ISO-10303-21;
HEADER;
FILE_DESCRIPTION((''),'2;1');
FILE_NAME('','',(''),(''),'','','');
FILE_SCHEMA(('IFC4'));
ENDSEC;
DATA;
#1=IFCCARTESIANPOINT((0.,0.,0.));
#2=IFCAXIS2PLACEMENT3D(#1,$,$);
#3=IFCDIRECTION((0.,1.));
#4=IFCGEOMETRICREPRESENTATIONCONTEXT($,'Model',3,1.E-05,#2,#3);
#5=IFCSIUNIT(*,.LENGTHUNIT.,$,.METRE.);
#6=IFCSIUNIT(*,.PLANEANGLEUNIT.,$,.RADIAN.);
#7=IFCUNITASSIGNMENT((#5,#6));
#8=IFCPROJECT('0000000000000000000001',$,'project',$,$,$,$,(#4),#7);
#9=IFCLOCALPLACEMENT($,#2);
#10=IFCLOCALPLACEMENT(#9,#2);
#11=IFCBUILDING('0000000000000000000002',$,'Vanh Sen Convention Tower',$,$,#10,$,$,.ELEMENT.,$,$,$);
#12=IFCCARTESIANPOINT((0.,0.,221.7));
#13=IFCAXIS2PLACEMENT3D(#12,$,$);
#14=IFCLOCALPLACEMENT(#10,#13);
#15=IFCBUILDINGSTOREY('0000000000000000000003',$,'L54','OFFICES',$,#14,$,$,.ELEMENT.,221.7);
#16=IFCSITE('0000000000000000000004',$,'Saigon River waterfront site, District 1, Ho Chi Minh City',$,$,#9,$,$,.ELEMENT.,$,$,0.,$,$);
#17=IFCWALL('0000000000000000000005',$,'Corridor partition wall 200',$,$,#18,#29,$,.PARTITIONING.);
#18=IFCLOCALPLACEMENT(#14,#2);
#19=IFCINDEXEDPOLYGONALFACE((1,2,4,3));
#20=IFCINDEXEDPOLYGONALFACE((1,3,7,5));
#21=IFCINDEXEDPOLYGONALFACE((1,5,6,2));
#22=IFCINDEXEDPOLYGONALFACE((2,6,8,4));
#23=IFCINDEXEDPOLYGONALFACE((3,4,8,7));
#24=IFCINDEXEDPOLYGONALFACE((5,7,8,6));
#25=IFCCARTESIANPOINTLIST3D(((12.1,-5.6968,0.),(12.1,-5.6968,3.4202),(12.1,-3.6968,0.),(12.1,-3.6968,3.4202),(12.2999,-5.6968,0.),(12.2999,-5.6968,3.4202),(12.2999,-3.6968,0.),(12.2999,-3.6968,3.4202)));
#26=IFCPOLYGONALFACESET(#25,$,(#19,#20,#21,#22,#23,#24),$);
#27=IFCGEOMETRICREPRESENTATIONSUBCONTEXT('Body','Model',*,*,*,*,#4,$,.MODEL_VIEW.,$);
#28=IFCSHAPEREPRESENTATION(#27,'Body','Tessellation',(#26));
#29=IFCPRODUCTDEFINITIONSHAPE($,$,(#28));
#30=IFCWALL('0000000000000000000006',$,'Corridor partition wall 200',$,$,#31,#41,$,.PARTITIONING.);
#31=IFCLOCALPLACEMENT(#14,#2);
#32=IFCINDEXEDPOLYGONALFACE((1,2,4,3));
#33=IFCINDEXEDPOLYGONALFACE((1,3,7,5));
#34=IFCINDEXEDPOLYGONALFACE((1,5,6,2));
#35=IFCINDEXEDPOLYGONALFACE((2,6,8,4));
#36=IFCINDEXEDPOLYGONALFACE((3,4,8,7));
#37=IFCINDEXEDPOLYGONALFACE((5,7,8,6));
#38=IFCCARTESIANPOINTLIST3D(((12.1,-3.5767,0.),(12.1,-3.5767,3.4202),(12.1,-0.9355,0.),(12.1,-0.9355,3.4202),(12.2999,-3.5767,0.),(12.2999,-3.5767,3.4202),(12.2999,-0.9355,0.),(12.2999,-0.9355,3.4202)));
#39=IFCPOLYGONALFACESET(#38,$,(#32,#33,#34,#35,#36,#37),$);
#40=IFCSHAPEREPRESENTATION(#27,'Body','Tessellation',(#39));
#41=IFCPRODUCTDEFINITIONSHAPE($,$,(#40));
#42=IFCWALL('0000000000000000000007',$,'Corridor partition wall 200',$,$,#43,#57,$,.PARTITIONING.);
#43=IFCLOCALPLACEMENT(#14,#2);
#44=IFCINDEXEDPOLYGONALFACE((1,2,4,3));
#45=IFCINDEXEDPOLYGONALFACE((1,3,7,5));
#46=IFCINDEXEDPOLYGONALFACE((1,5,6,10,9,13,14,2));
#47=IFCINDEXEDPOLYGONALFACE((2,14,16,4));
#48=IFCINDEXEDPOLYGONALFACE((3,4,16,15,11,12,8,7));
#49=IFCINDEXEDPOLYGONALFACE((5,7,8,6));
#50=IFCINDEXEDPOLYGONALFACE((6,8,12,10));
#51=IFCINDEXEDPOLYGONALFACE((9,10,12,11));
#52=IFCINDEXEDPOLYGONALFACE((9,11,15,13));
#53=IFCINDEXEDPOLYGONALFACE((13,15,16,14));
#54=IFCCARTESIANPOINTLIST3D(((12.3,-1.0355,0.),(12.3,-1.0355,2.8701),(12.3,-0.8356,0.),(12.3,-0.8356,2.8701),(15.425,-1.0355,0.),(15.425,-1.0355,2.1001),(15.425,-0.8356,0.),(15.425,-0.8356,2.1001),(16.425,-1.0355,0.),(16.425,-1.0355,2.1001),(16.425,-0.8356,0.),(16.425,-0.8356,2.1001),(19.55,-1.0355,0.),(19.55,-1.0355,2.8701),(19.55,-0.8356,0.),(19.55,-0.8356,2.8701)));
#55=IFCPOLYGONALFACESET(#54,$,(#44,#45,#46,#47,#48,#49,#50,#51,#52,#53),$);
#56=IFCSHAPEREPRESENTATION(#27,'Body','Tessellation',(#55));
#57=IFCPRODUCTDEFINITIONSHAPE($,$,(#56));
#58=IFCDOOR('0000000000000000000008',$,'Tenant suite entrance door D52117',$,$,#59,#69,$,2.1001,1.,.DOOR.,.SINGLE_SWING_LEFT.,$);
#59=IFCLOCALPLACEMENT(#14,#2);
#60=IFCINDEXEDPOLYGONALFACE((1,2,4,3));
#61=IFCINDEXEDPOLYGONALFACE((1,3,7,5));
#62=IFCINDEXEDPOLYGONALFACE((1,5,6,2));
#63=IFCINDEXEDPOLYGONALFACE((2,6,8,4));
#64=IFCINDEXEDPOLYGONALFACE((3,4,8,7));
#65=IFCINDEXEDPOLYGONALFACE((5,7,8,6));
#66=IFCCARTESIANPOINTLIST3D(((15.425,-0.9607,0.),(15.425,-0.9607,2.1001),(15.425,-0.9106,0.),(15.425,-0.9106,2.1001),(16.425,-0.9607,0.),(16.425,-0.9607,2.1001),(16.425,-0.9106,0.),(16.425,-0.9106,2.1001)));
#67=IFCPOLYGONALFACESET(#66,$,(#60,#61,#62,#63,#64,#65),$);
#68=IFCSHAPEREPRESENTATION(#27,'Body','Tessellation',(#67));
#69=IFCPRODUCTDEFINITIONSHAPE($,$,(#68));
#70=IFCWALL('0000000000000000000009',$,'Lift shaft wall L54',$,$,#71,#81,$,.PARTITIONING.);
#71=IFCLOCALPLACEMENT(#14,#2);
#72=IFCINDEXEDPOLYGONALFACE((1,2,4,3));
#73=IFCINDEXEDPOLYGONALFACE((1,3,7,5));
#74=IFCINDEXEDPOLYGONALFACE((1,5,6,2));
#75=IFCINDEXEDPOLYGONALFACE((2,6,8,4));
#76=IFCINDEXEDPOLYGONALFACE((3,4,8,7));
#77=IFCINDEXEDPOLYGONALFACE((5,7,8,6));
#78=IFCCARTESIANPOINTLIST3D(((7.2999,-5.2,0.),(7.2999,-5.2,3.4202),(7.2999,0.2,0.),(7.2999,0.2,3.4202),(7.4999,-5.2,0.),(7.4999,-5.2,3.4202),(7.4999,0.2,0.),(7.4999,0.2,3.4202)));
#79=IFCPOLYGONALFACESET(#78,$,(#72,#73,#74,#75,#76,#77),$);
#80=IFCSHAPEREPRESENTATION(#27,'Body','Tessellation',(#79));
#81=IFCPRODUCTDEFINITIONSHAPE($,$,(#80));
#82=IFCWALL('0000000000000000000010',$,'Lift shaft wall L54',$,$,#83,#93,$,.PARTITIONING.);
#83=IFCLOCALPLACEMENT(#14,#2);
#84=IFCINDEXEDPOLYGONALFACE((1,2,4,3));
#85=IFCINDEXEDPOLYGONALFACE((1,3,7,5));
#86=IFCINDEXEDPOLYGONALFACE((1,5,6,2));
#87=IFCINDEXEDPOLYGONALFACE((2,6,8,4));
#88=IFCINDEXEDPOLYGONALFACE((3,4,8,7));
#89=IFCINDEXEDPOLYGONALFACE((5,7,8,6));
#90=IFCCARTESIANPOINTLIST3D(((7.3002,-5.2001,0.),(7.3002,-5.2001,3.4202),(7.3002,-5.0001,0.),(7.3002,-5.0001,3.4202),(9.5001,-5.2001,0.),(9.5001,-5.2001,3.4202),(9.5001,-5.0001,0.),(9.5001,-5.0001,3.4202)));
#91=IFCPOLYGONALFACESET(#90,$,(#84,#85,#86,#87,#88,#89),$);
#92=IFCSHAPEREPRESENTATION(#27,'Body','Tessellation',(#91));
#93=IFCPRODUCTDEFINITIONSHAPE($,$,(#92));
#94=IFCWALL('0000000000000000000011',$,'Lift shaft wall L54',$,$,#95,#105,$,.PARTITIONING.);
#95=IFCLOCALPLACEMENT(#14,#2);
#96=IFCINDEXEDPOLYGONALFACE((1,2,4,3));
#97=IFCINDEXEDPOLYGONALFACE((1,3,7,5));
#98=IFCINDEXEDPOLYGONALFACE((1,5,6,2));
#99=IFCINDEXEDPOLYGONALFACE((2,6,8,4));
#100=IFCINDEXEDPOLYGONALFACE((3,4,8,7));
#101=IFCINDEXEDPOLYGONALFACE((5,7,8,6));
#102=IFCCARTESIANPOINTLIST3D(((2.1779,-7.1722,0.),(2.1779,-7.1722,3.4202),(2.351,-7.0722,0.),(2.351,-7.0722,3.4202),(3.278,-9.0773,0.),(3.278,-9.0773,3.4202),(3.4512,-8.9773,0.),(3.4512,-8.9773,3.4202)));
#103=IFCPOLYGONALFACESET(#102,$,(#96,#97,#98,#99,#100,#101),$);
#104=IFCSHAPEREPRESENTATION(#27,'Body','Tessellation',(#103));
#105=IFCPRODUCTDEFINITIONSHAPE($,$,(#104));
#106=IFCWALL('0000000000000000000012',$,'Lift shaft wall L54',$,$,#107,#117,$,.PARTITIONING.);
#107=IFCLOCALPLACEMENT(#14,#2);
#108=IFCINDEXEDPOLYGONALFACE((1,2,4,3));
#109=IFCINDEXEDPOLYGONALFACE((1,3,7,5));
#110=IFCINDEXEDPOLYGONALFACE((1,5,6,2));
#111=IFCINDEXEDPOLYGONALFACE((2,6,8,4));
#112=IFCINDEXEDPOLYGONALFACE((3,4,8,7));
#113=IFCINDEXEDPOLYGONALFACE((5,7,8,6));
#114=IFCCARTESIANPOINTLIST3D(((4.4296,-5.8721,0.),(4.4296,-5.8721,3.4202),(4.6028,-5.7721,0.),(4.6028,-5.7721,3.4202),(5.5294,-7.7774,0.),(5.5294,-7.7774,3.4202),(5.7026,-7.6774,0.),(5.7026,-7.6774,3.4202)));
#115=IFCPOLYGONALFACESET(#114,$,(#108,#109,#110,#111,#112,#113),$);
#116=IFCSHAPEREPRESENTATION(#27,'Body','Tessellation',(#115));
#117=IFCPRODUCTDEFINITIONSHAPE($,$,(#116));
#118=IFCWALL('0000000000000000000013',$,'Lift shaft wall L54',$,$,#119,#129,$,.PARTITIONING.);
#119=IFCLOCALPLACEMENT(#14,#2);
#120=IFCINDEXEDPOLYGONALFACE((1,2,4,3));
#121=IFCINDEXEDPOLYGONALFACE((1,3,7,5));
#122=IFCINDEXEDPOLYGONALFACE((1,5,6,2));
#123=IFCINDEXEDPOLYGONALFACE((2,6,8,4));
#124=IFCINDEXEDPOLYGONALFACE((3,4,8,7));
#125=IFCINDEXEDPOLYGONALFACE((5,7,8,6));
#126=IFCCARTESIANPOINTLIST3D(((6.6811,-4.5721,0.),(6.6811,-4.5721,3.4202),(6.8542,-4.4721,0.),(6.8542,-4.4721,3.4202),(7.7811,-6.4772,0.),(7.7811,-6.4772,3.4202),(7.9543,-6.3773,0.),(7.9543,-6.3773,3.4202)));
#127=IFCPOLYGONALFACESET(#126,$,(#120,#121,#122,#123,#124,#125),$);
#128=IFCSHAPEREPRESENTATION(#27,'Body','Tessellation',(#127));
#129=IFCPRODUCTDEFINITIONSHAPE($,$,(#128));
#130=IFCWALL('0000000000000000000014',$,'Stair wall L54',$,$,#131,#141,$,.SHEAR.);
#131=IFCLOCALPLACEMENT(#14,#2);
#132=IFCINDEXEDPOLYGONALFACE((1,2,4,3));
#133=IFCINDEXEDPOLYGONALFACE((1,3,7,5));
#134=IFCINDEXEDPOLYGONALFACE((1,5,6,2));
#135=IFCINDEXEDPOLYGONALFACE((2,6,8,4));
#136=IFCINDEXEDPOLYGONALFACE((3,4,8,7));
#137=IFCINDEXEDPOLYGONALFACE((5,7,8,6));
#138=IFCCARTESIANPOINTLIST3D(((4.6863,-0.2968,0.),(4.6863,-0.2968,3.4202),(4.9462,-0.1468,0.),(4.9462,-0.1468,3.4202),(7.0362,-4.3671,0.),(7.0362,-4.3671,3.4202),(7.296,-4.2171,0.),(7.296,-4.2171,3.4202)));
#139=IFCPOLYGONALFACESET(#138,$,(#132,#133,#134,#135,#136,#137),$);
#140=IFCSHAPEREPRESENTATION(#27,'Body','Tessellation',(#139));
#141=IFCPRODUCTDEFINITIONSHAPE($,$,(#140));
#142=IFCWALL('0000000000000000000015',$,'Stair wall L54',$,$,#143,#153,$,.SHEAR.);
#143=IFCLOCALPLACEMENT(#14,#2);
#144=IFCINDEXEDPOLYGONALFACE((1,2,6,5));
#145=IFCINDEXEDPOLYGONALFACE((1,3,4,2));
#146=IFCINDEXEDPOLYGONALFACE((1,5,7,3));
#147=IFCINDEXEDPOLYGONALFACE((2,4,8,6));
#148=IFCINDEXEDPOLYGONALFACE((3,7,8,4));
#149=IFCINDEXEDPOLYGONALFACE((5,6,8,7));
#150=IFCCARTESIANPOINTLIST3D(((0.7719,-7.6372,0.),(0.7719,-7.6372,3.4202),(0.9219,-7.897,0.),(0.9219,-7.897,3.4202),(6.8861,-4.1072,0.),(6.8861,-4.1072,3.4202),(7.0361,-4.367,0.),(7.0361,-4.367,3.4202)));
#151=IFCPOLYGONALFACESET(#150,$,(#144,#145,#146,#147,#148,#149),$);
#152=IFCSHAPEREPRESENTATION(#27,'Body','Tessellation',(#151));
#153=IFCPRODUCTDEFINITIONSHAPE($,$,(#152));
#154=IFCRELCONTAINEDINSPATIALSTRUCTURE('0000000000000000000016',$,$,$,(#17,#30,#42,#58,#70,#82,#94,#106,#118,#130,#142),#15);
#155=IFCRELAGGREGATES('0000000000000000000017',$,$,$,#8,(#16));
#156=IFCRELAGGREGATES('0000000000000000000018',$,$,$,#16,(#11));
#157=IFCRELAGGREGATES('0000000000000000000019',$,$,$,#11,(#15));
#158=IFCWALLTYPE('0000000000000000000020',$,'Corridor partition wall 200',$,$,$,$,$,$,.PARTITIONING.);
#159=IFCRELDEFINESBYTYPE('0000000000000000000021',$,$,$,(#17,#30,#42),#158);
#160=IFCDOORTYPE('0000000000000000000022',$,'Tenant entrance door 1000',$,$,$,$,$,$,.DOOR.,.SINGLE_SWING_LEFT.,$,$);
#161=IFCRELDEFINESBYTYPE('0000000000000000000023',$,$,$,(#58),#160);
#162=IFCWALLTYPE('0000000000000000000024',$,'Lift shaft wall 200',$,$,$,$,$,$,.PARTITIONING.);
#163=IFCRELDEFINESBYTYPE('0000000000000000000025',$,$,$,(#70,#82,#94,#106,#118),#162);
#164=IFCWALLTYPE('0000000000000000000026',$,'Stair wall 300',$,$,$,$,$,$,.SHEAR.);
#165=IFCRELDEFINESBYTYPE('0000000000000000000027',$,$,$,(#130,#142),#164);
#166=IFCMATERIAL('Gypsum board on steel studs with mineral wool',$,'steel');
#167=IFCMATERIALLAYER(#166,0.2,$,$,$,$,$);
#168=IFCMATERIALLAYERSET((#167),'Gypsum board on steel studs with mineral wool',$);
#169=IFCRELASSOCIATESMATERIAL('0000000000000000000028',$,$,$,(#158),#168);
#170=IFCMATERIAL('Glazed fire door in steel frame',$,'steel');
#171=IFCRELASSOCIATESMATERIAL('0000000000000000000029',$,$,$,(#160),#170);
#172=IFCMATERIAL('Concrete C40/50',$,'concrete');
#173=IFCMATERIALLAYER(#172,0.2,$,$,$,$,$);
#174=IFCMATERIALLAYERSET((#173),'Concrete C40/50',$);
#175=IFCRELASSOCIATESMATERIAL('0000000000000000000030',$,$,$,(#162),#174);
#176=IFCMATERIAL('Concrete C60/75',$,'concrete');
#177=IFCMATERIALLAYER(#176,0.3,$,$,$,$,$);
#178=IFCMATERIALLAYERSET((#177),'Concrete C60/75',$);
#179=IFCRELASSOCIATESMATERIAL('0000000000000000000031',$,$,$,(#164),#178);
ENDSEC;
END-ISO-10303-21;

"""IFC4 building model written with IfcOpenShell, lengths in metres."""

from ifc_helpers import new_model, si_unit, direction, frame, frame_2d, origin, place, context, subcontext, project, spatial, rectangle, extrude, material, layer, layer_set, type_object, element, fill, save


model = new_model("IFC4")

# Units and contexts
model_context = context("Model", 3, precision=1e-05, world=origin(), true_north=direction((0.0, 1.0)))
body_context = subcontext(model_context, "Body", "Model", "MODEL_VIEW")
ifc_project = project(units=[si_unit("LENGTHUNIT", "METRE"), si_unit("PLANEANGLEUNIT", "RADIAN")], contexts=[model_context])

# Site, building, storey
site_placement = place(None, origin())
site = spatial("IfcSite", under=ifc_project, at=site_placement, Name="Saigon River waterfront site, District 1, Ho Chi Minh City", CompositionType="ELEMENT", RefElevation=0.0)
building_placement = place(site_placement, origin())
building = spatial("IfcBuilding", under=site, at=building_placement, Name="Vanh Sen Convention Tower", CompositionType="ELEMENT")
storey_placement = place(building_placement, frame((0.0, 0.0, 221.7)))
storey = spatial("IfcBuildingStorey", under=building, at=storey_placement, Name="L54", Description="OFFICES", CompositionType="ELEMENT", Elevation=221.7)

# Shared definitions
ifc_material_1 = material(Name="Concrete C60/75", Category="concrete")

# Walls
ifc_material_2 = material(Name="Gypsum board on steel studs with mineral wool", Category="steel")
ifc_layer_1 = layer(ifc_material_2, 0.2)
ifc_layer_set_1 = layer_set([ifc_layer_1], Name="Gypsum board on steel studs with mineral wool")
wall_type_1 = type_object("IfcWallType", Name="Corridor partition wall 200", PredefinedType="PARTITIONING", material=ifc_layer_set_1)
wall_1_placement = place(storey_placement, frame((12.2, -5.6968, 0.0), z_axis=(0.0, 0.0, 1.0), x_axis=(0.0, 1.0, 0.0)))
element("IfcWall", 1, at=wall_1_placement, inside=storey, type_object=wall_type_1, Name="Corridor partition wall 200", PredefinedType="PARTITIONING", context=body_context, shape_type="SweptSolid", body=[
    extrude(rectangle(XDim=2.0, YDim=0.2, at=frame_2d((1.0, 0.0))), origin(), (0.0, 0.0, 1.0), 3.4202),
])
wall_2_placement = place(storey_placement, frame((12.2, -3.5767, 0.0), z_axis=(0.0, 0.0, 1.0), x_axis=(0.0, 1.0, 0.0)))
element("IfcWall", 2, at=wall_2_placement, inside=storey, type_object=wall_type_1, Name="Corridor partition wall 200", PredefinedType="PARTITIONING", context=body_context, shape_type="SweptSolid", body=[
    extrude(rectangle(XDim=2.6411, YDim=0.2, at=frame_2d((1.3206, 0.0))), origin(), (0.0, 0.0, 1.0), 3.4202),
])

# Wall, opening, door
wall_3_placement = place(storey_placement, frame((12.3, -0.9355, 0.0), z_axis=(0.0, 0.0, 1.0), x_axis=(1.0, 0.0, 0.0)))
wall_3 = element("IfcWall", 3, at=wall_3_placement, inside=storey, type_object=wall_type_1, Name="Corridor partition wall 200", PredefinedType="PARTITIONING", context=body_context, shape_type="SweptSolid", body=[
    extrude(rectangle(XDim=7.25, YDim=0.2, at=frame_2d((3.625, 0.0))), origin(), (0.0, 0.0, 1.0), 2.8701),
])
opening_1_placement = place(wall_3_placement, frame((3.125, 0.0, 0.0)))
opening_1 = element("IfcOpeningElement", 4, at=opening_1_placement, cuts=wall_3, PredefinedType="OPENING", context=body_context, shape_type="SweptSolid", body=[
    extrude(rectangle(XDim=1.0, YDim=2.1001, at=frame_2d((0.5, 1.05))), frame((0.0, 0.1099, 0.0), z_axis=(0.0, -1.0, 0.0), x_axis=(1.0, 0.0, 0.0)), (0.0, 0.0, 1.0), 0.22),
])
ifc_material_3 = material(Name="Glazed fire door in steel frame", Category="steel")
door_type_1 = type_object("IfcDoorType", Name="Tenant entrance door 1000", OperationType="SINGLE_SWING_LEFT", PredefinedType="DOOR", material=ifc_material_3)
door_1_placement = place(opening_1_placement, origin())
door_1 = element("IfcDoor", 5, at=door_1_placement, inside=storey, type_object=door_type_1, Name="Tenant suite entrance door D52117", OperationType="SINGLE_SWING_LEFT", OverallHeight=2.1001, OverallWidth=1.0, PredefinedType="DOOR", context=body_context, shape_type="SweptSolid", body=[
    extrude(rectangle(XDim=1.0, YDim=2.1001, at=frame_2d((0.5, 1.05))), frame((0.0, 0.0249, 0.0), z_axis=(0.0, -1.0, 0.0), x_axis=(1.0, 0.0, 0.0)), (0.0, 0.0, 1.0), 0.05),
])
fill(opening_1, door_1)

# Walls
ifc_material_4 = material(Name="Concrete C40/50", Category="concrete")
ifc_layer_2 = layer(ifc_material_4, 0.2)
ifc_layer_set_2 = layer_set([ifc_layer_2], Name="Concrete C40/50")
wall_type_2 = type_object("IfcWallType", Name="Lift shaft wall 200", PredefinedType="PARTITIONING", material=ifc_layer_set_2)
wall_4_placement = place(storey_placement, frame((7.3999, -5.2, 0.0), z_axis=(0.0, 0.0, 1.0), x_axis=(0.0, 1.0, 0.0)))
element("IfcWall", 6, at=wall_4_placement, inside=storey, type_object=wall_type_2, Name="Lift shaft wall L54", PredefinedType="PARTITIONING", context=body_context, shape_type="SweptSolid", body=[
    extrude(rectangle(XDim=5.3999, YDim=0.2, at=frame_2d((2.7, 0.0))), origin(), (0.0, 0.0, 1.0), 3.4202),
])
for number, where, z_axis, x_axis, name in (
    (7, (7.3, -5.1001, 0.0), (0.0, 0.0, 1.0), (1.0, 0.0, 0.0), "Lift shaft wall L54"),
    (8, (2.2644, -7.1221, 0.0), (0.0, 0.0, 1.0), (0.500078, -0.86598, 0.0), "Lift shaft wall L54"),
    (9, (4.5161, -5.822, 0.0), (0.0, 0.0, 1.0), (0.499947, -0.866056, 0.0), "Lift shaft wall L54"),
    (10, (6.7676, -4.522, 0.0), (0.0, 0.0, 1.0), (0.50003, -0.866008, 0.0), "Lift shaft wall L54"),
):
    element("IfcWall", number, at=place(storey_placement, frame(where, z_axis=z_axis, x_axis=x_axis)), inside=storey, type_object=wall_type_2, Name=name, PredefinedType="PARTITIONING", context=body_context, shape_type="SweptSolid", body=[
        extrude(rectangle(XDim=2.2, YDim=0.2, at=frame_2d((1.1001, 0.0))), origin(), (0.0, 0.0, 1.0), 3.4202),
    ])
ifc_layer_3 = layer(ifc_material_1, 0.3)
ifc_layer_set_3 = layer_set([ifc_layer_3], Name="Concrete C60/75")
wall_type_3 = type_object("IfcWallType", Name="Stair wall 300", PredefinedType="SHEAR", material=ifc_layer_set_3)
wall_5_placement = place(storey_placement, frame((4.8162, -0.2217, 0.0), z_axis=(0.0, 0.0, 1.0), x_axis=(0.499977, -0.866039, 0.0)))
element("IfcWall", 11, at=wall_5_placement, inside=storey, type_object=wall_type_3, Name="Stair wall L54", PredefinedType="SHEAR", context=body_context, shape_type="SweptSolid", body=[
    extrude(rectangle(XDim=4.7, YDim=0.3, at=frame_2d((2.3501, 0.0))), origin(), (0.0, 0.0, 1.0), 3.4202),
])
wall_6_placement = place(storey_placement, frame((0.8469, -7.7671, 0.0), z_axis=(0.0, 0.0, 1.0), x_axis=(0.866028, 0.499996, 0.0)))
element("IfcWall", 12, at=wall_6_placement, inside=storey, type_object=wall_type_3, Name="Stair wall L54", PredefinedType="SHEAR", context=body_context, shape_type="SweptSolid", body=[
    extrude(rectangle(XDim=7.0601, YDim=0.3, at=frame_2d((3.53, 0.0))), origin(), (0.0, 0.0, 1.0), 3.4202),
])

save(model, "model.ifc")
